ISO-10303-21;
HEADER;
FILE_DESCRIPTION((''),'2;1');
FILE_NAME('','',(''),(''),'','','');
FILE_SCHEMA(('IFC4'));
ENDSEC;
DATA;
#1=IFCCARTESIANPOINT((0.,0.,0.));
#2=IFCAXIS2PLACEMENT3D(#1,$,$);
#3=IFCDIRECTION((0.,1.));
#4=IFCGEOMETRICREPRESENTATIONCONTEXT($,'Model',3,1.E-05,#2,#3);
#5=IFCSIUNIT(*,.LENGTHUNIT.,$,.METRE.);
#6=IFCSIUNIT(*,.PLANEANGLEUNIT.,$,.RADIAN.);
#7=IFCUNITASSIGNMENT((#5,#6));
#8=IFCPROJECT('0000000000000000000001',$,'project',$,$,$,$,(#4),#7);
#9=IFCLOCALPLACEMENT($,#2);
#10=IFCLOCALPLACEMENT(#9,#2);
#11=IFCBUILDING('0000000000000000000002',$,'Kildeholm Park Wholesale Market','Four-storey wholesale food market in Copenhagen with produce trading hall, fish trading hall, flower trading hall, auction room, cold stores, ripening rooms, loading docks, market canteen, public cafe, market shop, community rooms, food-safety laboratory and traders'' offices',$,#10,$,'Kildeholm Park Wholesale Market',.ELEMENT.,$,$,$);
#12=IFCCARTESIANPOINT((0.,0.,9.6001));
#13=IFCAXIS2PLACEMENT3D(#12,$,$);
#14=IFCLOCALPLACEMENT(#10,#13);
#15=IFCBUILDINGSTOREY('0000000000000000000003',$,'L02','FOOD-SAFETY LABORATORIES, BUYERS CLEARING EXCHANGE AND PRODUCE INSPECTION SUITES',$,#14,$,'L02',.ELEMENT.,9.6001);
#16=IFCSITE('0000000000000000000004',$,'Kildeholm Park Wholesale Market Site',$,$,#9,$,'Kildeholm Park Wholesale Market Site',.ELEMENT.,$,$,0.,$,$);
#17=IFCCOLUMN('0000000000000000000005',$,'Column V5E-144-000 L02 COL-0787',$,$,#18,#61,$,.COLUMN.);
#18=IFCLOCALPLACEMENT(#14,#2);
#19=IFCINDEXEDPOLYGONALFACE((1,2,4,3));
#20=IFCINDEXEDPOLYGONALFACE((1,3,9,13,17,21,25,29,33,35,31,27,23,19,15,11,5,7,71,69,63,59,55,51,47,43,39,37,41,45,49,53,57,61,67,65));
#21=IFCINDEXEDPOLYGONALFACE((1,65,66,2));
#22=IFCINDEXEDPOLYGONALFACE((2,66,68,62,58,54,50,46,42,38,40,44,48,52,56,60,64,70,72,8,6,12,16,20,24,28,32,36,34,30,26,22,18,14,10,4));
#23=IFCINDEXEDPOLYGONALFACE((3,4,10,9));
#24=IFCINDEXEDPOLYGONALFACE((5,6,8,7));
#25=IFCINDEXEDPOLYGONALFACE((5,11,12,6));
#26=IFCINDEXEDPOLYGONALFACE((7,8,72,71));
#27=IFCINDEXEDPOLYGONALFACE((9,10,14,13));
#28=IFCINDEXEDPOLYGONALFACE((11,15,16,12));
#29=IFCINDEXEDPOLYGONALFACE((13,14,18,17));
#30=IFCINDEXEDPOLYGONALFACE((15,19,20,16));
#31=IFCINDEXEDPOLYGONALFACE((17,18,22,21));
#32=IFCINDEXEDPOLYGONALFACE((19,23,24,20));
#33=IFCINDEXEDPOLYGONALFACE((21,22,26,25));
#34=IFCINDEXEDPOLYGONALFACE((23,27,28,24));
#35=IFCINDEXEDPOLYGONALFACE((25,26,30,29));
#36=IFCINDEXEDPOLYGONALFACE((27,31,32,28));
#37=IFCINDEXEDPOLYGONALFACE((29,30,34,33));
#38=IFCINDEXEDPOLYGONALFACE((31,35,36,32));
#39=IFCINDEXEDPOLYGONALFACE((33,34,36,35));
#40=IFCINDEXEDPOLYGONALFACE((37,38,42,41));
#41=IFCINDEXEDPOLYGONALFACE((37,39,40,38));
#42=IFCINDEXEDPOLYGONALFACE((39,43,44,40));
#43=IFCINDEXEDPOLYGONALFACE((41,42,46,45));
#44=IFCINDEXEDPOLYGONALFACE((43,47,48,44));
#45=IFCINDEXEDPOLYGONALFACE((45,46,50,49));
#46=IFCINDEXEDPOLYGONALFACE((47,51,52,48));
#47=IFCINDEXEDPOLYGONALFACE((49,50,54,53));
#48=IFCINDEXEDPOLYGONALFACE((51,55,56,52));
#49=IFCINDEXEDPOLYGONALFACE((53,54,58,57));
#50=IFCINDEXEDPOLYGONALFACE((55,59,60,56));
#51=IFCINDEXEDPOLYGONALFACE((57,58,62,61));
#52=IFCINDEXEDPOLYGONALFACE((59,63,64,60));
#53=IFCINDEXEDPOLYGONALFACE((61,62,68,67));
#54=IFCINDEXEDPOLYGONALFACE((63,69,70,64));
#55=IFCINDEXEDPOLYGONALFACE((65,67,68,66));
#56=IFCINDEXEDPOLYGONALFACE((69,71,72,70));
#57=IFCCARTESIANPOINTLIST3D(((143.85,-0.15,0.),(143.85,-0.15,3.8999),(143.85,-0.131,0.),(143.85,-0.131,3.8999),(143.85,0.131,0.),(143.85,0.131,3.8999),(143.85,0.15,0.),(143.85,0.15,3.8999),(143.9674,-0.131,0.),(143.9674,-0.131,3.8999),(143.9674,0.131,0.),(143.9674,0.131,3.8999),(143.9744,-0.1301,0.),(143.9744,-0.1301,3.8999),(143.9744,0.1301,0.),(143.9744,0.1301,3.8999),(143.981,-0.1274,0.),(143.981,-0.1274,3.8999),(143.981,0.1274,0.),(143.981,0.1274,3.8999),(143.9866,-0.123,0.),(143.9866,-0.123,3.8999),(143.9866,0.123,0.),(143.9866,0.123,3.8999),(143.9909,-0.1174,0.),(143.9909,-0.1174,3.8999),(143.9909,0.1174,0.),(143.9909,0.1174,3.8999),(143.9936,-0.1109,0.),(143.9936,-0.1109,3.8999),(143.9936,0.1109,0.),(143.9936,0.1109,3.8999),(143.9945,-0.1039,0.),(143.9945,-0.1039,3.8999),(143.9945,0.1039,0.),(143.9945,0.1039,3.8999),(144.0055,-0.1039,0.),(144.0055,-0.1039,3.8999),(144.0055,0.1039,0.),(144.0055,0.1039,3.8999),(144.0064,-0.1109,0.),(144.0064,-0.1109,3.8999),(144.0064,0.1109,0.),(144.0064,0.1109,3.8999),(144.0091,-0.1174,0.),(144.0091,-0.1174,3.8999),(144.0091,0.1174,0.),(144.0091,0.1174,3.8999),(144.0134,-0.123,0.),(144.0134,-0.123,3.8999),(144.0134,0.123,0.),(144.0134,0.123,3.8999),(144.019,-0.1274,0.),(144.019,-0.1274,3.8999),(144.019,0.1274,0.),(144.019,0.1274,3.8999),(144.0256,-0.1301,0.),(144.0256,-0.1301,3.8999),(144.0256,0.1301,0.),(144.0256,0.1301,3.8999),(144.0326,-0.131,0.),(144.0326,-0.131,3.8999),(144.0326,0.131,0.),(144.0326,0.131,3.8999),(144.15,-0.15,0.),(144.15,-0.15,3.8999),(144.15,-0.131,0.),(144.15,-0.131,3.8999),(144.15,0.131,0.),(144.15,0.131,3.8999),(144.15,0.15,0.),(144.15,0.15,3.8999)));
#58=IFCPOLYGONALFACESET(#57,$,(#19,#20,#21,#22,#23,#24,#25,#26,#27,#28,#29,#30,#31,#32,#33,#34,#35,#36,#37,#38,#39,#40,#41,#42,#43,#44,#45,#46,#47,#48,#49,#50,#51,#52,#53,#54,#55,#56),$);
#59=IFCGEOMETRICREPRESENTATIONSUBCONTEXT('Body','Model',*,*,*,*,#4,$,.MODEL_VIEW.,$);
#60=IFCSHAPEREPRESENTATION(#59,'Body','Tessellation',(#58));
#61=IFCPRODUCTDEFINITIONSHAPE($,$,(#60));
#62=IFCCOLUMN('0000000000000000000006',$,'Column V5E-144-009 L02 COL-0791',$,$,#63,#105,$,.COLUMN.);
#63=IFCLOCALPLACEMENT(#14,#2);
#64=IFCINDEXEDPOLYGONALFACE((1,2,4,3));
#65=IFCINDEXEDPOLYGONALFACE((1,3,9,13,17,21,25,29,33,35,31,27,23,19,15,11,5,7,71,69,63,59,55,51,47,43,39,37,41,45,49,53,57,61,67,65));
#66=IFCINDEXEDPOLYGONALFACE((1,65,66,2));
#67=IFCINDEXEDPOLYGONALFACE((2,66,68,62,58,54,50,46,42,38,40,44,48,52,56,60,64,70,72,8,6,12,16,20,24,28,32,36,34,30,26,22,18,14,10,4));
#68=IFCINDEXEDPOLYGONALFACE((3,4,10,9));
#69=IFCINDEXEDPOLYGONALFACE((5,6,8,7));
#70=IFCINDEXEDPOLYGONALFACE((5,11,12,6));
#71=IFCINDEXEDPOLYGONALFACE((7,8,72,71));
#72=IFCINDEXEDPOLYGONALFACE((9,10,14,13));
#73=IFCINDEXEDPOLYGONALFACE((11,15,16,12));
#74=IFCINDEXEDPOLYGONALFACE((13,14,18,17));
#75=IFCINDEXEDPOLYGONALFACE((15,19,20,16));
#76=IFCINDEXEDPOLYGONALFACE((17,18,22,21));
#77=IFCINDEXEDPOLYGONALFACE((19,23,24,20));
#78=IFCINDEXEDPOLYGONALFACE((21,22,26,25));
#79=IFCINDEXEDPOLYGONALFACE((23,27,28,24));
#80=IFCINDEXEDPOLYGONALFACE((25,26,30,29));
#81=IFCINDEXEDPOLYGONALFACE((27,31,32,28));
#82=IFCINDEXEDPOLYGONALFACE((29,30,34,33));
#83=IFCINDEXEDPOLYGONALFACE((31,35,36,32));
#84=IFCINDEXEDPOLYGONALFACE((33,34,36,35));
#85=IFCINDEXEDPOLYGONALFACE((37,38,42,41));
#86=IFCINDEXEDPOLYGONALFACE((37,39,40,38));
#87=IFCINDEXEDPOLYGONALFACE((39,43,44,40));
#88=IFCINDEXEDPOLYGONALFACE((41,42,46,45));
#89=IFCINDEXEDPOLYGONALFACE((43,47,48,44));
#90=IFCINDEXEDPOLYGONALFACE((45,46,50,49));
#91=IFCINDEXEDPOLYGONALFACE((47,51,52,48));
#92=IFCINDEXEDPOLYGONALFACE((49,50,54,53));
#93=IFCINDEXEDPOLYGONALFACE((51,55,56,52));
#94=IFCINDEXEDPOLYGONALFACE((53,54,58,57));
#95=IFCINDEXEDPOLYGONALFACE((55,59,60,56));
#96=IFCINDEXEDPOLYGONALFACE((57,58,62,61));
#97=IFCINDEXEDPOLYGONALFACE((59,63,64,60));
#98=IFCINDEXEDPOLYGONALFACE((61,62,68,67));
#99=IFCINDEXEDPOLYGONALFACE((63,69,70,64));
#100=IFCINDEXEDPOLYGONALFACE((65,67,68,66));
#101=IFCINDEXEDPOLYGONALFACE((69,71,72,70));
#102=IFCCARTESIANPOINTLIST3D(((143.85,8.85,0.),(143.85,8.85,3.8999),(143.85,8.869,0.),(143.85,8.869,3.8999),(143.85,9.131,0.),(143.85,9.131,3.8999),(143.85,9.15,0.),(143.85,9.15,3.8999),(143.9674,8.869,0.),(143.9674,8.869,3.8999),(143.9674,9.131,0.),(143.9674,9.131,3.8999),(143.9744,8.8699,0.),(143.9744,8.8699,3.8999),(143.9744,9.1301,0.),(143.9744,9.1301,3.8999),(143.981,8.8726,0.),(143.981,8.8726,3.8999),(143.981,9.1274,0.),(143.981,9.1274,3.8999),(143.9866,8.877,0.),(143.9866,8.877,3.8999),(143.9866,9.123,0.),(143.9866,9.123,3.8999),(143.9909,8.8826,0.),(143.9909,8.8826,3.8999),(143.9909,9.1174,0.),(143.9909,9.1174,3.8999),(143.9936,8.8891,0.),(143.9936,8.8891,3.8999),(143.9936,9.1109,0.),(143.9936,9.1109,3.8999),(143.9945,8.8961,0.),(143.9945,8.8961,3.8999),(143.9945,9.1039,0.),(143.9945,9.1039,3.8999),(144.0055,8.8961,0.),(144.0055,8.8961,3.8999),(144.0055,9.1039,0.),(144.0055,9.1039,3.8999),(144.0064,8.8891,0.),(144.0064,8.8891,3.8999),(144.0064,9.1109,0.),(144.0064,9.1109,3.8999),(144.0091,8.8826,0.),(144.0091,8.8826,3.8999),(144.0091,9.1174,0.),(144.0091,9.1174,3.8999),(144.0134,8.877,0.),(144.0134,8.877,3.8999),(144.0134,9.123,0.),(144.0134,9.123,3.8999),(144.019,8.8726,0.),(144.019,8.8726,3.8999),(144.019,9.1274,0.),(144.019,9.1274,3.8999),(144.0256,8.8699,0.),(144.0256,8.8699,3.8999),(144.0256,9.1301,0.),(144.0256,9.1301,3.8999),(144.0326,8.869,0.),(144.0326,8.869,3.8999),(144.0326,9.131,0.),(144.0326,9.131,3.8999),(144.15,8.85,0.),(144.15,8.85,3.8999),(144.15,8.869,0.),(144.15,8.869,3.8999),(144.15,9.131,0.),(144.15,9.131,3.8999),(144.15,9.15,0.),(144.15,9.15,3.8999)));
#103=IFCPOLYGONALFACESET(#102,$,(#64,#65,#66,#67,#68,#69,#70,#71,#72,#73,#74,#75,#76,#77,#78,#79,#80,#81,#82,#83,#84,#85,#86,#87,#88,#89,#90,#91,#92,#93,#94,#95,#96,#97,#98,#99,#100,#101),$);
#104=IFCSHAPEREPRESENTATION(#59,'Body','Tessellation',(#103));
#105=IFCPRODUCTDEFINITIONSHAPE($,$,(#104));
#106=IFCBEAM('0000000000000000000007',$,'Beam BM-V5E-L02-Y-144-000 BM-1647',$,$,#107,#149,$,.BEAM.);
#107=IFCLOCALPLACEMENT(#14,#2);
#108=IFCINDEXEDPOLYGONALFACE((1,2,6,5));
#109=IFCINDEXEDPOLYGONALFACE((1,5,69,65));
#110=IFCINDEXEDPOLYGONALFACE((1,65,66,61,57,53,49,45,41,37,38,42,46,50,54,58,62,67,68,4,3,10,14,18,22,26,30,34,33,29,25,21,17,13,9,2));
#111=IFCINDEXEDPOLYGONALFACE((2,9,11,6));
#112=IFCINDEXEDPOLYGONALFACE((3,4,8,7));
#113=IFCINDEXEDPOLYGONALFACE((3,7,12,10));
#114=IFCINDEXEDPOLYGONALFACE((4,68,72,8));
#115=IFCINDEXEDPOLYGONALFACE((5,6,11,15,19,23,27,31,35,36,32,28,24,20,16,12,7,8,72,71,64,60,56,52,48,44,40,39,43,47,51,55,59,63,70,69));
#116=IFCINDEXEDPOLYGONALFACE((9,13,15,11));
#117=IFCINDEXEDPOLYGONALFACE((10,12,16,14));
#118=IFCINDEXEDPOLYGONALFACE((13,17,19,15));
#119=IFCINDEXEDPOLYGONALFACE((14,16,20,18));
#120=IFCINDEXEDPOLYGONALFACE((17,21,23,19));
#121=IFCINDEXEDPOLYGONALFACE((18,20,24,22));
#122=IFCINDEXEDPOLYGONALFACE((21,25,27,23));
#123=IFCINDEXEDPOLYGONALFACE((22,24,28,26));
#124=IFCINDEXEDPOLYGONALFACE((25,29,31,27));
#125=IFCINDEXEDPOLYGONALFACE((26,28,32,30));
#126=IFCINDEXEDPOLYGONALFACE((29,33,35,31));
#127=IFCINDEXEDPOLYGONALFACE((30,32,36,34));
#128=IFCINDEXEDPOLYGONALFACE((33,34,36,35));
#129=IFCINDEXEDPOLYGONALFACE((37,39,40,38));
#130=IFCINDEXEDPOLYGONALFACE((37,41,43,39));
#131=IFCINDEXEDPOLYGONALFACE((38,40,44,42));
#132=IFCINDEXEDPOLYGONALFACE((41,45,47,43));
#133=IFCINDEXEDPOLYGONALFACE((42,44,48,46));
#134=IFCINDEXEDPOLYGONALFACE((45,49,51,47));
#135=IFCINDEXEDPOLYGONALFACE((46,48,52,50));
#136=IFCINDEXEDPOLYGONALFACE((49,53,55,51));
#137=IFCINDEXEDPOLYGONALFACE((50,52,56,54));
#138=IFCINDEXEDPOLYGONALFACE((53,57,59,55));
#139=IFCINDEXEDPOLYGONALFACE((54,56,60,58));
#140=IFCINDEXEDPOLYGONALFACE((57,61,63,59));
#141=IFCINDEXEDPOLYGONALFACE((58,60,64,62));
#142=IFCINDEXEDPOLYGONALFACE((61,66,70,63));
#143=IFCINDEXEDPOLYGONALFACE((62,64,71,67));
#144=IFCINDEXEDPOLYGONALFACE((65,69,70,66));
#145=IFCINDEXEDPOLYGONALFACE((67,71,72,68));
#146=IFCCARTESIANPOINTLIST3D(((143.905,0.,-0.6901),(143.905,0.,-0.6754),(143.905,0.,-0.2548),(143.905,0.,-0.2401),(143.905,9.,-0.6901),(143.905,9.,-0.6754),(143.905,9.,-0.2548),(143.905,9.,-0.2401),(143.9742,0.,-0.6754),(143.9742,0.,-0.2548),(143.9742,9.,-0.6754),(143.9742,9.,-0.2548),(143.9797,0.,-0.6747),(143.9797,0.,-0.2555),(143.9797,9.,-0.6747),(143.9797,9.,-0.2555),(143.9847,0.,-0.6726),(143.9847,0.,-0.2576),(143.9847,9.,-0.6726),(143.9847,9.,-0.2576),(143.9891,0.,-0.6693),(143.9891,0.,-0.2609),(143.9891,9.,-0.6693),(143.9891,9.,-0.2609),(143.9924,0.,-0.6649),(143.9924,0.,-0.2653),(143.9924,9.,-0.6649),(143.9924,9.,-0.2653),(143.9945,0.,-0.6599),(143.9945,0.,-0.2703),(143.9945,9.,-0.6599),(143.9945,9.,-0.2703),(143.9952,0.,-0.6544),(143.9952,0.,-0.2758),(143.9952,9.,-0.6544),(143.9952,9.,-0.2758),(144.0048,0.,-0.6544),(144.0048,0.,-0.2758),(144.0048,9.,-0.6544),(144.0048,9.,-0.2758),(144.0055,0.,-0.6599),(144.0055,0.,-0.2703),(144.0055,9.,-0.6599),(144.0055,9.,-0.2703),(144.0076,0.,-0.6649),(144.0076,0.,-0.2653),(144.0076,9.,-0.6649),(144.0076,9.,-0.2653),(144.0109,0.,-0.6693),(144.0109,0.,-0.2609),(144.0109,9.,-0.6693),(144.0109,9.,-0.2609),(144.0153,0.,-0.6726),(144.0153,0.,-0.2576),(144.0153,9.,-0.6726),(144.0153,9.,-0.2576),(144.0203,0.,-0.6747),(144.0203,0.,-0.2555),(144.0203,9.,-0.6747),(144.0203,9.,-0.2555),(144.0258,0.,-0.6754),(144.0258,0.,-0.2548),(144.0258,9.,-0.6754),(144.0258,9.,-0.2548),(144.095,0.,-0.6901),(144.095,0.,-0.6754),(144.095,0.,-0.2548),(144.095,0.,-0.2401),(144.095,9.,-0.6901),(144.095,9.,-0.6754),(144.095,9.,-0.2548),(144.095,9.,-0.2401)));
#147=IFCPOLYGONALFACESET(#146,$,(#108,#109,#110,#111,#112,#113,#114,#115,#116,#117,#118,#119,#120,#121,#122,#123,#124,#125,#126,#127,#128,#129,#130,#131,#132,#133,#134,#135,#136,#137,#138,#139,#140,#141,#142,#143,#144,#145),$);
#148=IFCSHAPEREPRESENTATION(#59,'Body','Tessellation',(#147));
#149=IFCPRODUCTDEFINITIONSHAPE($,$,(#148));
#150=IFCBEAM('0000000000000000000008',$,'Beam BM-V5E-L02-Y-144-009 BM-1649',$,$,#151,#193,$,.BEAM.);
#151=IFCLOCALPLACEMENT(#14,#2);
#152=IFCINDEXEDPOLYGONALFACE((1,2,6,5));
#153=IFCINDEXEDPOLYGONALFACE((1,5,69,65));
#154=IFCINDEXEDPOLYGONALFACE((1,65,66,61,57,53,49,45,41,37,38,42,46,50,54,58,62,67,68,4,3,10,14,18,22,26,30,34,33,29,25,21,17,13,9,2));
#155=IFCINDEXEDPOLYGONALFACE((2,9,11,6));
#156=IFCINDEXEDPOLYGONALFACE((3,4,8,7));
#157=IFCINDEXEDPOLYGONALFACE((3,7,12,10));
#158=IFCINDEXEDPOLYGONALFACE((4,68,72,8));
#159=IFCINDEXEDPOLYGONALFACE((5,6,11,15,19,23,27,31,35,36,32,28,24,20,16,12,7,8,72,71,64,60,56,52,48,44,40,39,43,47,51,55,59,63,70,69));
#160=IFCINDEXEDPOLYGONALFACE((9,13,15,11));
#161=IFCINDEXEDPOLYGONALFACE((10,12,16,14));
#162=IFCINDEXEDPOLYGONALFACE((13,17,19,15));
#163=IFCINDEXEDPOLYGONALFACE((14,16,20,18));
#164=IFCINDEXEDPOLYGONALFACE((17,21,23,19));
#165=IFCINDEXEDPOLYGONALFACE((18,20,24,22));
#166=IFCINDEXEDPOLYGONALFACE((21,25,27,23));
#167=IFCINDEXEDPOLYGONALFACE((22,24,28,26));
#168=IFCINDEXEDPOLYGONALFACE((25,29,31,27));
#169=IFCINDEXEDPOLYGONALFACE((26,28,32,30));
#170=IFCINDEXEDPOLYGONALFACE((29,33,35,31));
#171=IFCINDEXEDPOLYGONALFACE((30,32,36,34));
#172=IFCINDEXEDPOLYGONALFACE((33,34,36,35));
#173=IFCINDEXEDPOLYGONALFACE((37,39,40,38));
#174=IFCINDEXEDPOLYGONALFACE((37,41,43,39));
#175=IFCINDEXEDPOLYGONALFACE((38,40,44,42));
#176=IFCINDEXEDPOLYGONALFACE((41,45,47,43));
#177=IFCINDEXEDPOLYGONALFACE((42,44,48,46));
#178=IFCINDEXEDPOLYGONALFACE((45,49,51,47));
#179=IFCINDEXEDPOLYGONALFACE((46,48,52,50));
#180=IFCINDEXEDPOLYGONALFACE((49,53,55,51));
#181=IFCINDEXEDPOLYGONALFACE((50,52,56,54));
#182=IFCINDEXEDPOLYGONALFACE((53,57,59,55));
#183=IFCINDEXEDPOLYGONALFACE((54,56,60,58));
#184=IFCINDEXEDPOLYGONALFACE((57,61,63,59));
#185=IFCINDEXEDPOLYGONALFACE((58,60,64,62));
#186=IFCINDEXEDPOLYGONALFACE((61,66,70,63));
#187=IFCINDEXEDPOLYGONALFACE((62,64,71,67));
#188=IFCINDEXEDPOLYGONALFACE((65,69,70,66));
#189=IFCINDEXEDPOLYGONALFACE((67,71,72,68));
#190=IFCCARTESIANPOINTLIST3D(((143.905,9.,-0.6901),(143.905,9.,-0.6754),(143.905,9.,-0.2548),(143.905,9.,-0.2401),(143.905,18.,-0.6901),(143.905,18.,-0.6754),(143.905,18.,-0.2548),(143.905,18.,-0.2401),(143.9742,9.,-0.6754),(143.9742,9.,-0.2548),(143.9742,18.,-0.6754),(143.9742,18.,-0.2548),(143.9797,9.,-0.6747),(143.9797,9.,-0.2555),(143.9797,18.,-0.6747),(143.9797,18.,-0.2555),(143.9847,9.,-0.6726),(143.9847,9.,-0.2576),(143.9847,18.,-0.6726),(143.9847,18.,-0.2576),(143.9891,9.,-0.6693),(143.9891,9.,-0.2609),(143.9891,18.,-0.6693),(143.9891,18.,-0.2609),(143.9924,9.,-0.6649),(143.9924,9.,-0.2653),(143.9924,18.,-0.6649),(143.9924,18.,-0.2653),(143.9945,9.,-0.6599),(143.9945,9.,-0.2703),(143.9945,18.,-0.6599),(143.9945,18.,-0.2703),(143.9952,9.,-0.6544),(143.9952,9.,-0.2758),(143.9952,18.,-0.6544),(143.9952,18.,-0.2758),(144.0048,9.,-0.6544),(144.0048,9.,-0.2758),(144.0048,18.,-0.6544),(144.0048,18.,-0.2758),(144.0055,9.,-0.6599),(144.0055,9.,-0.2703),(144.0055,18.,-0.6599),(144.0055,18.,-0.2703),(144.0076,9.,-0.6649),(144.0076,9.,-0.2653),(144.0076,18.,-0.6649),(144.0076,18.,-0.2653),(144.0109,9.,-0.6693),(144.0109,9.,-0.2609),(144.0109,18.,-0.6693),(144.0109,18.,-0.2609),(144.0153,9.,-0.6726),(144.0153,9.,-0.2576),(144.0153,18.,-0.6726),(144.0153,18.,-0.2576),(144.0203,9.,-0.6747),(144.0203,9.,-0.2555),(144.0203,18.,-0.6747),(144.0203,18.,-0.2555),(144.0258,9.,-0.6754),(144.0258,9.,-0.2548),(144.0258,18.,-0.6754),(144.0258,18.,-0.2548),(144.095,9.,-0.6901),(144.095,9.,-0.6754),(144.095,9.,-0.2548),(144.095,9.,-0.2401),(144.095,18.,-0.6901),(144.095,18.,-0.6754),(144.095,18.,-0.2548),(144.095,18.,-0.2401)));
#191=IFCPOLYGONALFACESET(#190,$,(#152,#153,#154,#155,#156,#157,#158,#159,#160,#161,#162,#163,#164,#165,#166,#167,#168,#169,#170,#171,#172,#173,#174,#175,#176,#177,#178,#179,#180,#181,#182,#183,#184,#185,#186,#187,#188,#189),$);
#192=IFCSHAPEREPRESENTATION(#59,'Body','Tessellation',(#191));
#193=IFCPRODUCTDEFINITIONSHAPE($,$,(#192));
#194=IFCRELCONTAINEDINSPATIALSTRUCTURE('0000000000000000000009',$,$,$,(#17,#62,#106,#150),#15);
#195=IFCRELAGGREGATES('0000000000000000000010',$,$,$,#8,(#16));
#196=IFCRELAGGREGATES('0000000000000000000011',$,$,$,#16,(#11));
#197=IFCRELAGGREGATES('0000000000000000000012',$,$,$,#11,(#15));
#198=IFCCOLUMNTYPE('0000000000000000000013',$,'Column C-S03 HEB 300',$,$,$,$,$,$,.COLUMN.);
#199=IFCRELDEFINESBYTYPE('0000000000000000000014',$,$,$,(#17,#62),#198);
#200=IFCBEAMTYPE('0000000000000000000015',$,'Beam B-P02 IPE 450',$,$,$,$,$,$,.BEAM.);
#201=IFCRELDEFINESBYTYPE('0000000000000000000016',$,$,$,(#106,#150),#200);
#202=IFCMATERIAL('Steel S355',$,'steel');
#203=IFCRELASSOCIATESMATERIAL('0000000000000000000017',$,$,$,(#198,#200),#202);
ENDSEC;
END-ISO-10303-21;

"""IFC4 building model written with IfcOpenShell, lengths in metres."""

from ifc_helpers import new_model, si_unit, direction, frame, origin, origin_2d, place, context, subcontext, project, spatial, i_section, extrude, material, material_profile, profile_set, type_object, element, save


model = new_model("IFC4")

# Units and contexts
model_context = context("Model", 3, precision=1e-05, world=origin(), true_north=direction((0.0, 1.0)))
body_context = subcontext(model_context, "Body", "Model", "MODEL_VIEW")
ifc_project = project(units=[si_unit("LENGTHUNIT", "METRE"), si_unit("PLANEANGLEUNIT", "RADIAN")], contexts=[model_context])

# Site, building, storey
site_placement = place(None, origin())
site = spatial("IfcSite", under=ifc_project, at=site_placement, Name="Kildeholm Park Wholesale Market Site", LongName="Kildeholm Park Wholesale Market Site", CompositionType="ELEMENT", RefElevation=0.0)
building_placement = place(site_placement, origin())
building = spatial("IfcBuilding", under=site, at=building_placement, Name="Kildeholm Park Wholesale Market", Description="Four-storey wholesale food market in Copenhagen with produce trading hall, fish trading hall, flower trading hall, auction room, cold stores, ripening rooms, loading docks, market canteen, public cafe, market shop, community rooms, food-safety laboratory and traders' offices", LongName="Kildeholm Park Wholesale Market", CompositionType="ELEMENT")
storey_placement = place(building_placement, frame((0.0, 0.0, 9.6001)))
storey = spatial("IfcBuildingStorey", under=building, at=storey_placement, Name="L02", Description="FOOD-SAFETY LABORATORIES, BUYERS CLEARING EXCHANGE AND PRODUCE INSPECTION SUITES", LongName="L02", CompositionType="ELEMENT", Elevation=9.6001)

# Columns
ifc_material_1 = material(Name="Steel S355", Category="steel")
ifc_material_profile_1 = material_profile(ifc_material_1, i_section(OverallWidth=0.3, OverallDepth=0.3, WebThickness=0.011, FlangeThickness=0.019, FilletRadius=0.0271, at=origin_2d()), Name="HEB 300")
ifc_profile_set_1 = profile_set([ifc_material_profile_1], Name="Steel S355")
column_type = type_object("IfcColumnType", Name="Column C-S03 HEB 300", PredefinedType="COLUMN", material=ifc_profile_set_1)
for number, where, z_axis, x_axis, name in (
    (1, (144.0, 0.0, 0.0), (0.0, 0.0, 1.0), (1.0, 0.0, 0.0), "Column V5E-144-000 L02 COL-0787"),
    (2, (144.0, 9.0, 0.0), (0.0, 0.0, 1.0), (1.0, 0.0, 0.0), "Column V5E-144-009 L02 COL-0791"),
):
    element("IfcColumn", number, at=place(storey_placement, frame(where, z_axis=z_axis, x_axis=x_axis)), inside=storey, type_object=column_type, Name=name, PredefinedType="COLUMN", context=body_context, shape_type="SweptSolid", body=[
        extrude(i_section(OverallWidth=0.3, OverallDepth=0.3, WebThickness=0.011, FlangeThickness=0.019, FilletRadius=0.0271, at=origin_2d()), origin(), (0.0, 0.0, 1.0), 3.8999),
    ])

# Beams
ifc_material_profile_2 = material_profile(ifc_material_1, i_section(OverallWidth=0.1899, OverallDepth=0.45, WebThickness=0.0095, FlangeThickness=0.0146, FilletRadius=0.021, at=origin_2d()), Name="IPE 450")
ifc_profile_set_2 = profile_set([ifc_material_profile_2], Name="Steel S355")
beam_type_1 = type_object("IfcBeamType", Name="Beam B-P02 IPE 450", PredefinedType="BEAM", material=ifc_profile_set_2)
for number, where, z_axis, x_axis, name in (
    (3, (144.0, 0.0, -0.4651), (0.0, 1.0, 0.0), (-1.0, 0.0, 0.0), "Beam BM-V5E-L02-Y-144-000 BM-1647"),
    (4, (144.0, 9.0, -0.4651), (0.0, 1.0, 0.0), (-1.0, 0.0, 0.0), "Beam BM-V5E-L02-Y-144-009 BM-1649"),
):
    element("IfcBeam", number, at=place(storey_placement, frame(where, z_axis=z_axis, x_axis=x_axis)), inside=storey, type_object=beam_type_1, Name=name, PredefinedType="BEAM", context=body_context, shape_type="SweptSolid", body=[
        extrude(i_section(OverallWidth=0.1899, OverallDepth=0.45, WebThickness=0.0095, FlangeThickness=0.0146, FilletRadius=0.021, at=origin_2d()), origin(), (0.0, 0.0, 1.0), 9.0),
    ])

save(model, "model.ifc")
